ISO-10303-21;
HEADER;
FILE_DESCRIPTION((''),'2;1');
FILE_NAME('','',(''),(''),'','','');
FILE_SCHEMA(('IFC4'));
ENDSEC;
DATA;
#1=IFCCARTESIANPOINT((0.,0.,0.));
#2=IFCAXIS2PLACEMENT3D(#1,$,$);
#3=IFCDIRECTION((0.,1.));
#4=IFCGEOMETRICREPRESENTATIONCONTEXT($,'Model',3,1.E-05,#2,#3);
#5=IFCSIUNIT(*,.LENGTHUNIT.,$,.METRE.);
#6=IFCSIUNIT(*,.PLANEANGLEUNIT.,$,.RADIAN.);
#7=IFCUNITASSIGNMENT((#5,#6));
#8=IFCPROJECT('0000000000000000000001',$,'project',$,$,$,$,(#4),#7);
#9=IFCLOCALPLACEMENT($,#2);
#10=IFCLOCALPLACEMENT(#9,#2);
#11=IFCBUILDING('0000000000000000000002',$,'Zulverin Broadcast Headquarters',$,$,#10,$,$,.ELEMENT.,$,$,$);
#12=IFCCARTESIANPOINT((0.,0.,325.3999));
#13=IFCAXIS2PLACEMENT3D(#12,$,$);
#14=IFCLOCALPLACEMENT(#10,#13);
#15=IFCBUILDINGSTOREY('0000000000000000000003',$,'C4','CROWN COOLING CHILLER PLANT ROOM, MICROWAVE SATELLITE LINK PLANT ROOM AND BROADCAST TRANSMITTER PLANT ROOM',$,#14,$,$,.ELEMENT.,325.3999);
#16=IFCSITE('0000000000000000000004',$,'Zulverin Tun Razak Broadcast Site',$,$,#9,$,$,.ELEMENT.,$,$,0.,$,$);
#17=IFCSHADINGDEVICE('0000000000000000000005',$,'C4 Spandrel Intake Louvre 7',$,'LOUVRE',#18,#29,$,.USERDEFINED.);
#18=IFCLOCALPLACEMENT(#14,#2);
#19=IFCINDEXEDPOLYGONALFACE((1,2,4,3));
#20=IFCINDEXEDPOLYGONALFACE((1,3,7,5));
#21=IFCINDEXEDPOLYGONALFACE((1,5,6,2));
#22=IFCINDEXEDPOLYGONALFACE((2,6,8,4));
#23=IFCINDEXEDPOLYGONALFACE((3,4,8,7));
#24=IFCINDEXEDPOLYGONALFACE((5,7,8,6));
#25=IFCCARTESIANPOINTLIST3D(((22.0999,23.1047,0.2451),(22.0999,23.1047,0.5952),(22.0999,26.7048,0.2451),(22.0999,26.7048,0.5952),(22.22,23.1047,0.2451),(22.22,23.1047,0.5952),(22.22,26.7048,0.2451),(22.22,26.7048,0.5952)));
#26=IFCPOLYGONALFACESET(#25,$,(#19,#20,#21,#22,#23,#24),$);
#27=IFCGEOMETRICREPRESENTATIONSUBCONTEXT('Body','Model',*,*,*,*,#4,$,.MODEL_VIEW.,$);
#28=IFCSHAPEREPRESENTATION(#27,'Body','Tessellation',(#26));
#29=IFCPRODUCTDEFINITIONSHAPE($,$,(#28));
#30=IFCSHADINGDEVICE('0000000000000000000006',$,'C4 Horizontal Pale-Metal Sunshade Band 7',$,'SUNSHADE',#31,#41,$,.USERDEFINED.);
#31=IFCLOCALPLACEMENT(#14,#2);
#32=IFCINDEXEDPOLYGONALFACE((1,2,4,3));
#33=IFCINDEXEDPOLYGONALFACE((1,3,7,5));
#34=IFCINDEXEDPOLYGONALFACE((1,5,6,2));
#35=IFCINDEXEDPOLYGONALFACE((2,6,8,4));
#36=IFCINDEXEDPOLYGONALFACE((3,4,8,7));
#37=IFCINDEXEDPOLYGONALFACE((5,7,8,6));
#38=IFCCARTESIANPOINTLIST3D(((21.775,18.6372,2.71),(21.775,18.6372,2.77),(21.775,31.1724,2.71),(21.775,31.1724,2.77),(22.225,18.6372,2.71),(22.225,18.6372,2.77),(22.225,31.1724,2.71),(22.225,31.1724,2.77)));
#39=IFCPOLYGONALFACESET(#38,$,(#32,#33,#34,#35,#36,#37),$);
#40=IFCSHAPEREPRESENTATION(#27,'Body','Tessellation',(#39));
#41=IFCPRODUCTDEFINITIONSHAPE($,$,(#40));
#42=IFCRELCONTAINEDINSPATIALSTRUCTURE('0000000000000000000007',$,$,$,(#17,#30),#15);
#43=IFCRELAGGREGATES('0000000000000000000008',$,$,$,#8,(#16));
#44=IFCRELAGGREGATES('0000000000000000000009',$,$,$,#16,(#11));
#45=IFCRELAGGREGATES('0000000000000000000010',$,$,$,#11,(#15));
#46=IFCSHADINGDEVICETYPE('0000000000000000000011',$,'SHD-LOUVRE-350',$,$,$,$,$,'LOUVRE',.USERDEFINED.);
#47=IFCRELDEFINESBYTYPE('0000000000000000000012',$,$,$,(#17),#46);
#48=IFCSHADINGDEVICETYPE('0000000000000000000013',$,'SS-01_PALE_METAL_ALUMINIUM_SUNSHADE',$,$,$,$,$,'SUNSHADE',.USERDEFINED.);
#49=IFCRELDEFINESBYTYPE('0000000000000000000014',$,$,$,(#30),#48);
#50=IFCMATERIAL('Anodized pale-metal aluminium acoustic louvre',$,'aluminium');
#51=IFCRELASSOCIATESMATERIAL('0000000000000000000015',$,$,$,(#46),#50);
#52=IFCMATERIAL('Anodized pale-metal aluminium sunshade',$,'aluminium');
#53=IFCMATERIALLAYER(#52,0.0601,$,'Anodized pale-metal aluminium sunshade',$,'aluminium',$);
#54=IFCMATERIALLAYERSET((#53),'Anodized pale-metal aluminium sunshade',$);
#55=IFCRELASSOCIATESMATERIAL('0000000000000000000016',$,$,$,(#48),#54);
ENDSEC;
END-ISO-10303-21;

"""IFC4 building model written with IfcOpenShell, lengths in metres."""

from ifc_helpers import new_model, si_unit, direction, frame, origin, origin_2d, place, context, subcontext, project, spatial, rectangle, extrude, material, layer, layer_set, type_object, element, save


model = new_model("IFC4")

# Units and contexts
model_context = context("Model", 3, precision=1e-05, world=origin(), true_north=direction((0.0, 1.0)))
body_context = subcontext(model_context, "Body", "Model", "MODEL_VIEW")
ifc_project = project(units=[si_unit("LENGTHUNIT", "METRE"), si_unit("PLANEANGLEUNIT", "RADIAN")], contexts=[model_context])

# Site, building, storey
site_placement = place(None, origin())
site = spatial("IfcSite", under=ifc_project, at=site_placement, Name="Zulverin Tun Razak Broadcast Site", CompositionType="ELEMENT", RefElevation=0.0)
building_placement = place(site_placement, origin())
building = spatial("IfcBuilding", under=site, at=building_placement, Name="Zulverin Broadcast Headquarters", CompositionType="ELEMENT")
storey_placement = place(building_placement, frame((0.0, 0.0, 325.3999)))
storey = spatial("IfcBuildingStorey", under=building, at=storey_placement, Name="C4", Description="CROWN COOLING CHILLER PLANT ROOM, MICROWAVE SATELLITE LINK PLANT ROOM AND BROADCAST TRANSMITTER PLANT ROOM", CompositionType="ELEMENT", Elevation=325.3999)

# Shading devices
ifc_material_1 = material(Name="Anodized pale-metal aluminium acoustic louvre", Category="aluminium")
shading_device_type_1 = type_object("IfcShadingDeviceType", Name="SHD-LOUVRE-350", ElementType="LOUVRE", PredefinedType="USERDEFINED", material=ifc_material_1)
shading_device_1_placement = place(storey_placement, frame((22.1599, 24.9048, 0.2451), z_axis=(0.0, 0.0, 1.0), x_axis=(0.0, -1.0, 0.0)))
element("IfcShadingDevice", 1, at=shading_device_1_placement, inside=storey, type_object=shading_device_type_1, Name="C4 Spandrel Intake Louvre 7", ObjectType="LOUVRE", PredefinedType="USERDEFINED", context=body_context, shape_type="SweptSolid", body=[
    extrude(rectangle(XDim=3.6001, YDim=0.1201, at=origin_2d()), origin(), (0.0, 0.0, 1.0), 0.3501),
])
ifc_material_2 = material(Name="Anodized pale-metal aluminium sunshade", Category="aluminium")
ifc_layer_1 = layer(ifc_material_2, 0.0601, Name="Anodized pale-metal aluminium sunshade", Category="aluminium")
ifc_layer_set_1 = layer_set([ifc_layer_1], Name="Anodized pale-metal aluminium sunshade")
shading_device_type_2 = type_object("IfcShadingDeviceType", Name="SS-01_PALE_METAL_ALUMINIUM_SUNSHADE", ElementType="SUNSHADE", PredefinedType="USERDEFINED", material=ifc_layer_set_1)
shading_device_2_placement = place(storey_placement, frame((22.0, 24.9048, 2.71), z_axis=(0.0, 0.0, 1.0), x_axis=(0.0, -1.0, 0.0)))
element("IfcShadingDevice", 2, at=shading_device_2_placement, inside=storey, type_object=shading_device_type_2, Name="C4 Horizontal Pale-Metal Sunshade Band 7", ObjectType="SUNSHADE", PredefinedType="USERDEFINED", context=body_context, shape_type="SweptSolid", body=[
    extrude(rectangle(XDim=12.5352, YDim=0.45, at=origin_2d()), origin(), (0.0, 0.0, 1.0), 0.0601),
])

save(model, "model.ifc")
